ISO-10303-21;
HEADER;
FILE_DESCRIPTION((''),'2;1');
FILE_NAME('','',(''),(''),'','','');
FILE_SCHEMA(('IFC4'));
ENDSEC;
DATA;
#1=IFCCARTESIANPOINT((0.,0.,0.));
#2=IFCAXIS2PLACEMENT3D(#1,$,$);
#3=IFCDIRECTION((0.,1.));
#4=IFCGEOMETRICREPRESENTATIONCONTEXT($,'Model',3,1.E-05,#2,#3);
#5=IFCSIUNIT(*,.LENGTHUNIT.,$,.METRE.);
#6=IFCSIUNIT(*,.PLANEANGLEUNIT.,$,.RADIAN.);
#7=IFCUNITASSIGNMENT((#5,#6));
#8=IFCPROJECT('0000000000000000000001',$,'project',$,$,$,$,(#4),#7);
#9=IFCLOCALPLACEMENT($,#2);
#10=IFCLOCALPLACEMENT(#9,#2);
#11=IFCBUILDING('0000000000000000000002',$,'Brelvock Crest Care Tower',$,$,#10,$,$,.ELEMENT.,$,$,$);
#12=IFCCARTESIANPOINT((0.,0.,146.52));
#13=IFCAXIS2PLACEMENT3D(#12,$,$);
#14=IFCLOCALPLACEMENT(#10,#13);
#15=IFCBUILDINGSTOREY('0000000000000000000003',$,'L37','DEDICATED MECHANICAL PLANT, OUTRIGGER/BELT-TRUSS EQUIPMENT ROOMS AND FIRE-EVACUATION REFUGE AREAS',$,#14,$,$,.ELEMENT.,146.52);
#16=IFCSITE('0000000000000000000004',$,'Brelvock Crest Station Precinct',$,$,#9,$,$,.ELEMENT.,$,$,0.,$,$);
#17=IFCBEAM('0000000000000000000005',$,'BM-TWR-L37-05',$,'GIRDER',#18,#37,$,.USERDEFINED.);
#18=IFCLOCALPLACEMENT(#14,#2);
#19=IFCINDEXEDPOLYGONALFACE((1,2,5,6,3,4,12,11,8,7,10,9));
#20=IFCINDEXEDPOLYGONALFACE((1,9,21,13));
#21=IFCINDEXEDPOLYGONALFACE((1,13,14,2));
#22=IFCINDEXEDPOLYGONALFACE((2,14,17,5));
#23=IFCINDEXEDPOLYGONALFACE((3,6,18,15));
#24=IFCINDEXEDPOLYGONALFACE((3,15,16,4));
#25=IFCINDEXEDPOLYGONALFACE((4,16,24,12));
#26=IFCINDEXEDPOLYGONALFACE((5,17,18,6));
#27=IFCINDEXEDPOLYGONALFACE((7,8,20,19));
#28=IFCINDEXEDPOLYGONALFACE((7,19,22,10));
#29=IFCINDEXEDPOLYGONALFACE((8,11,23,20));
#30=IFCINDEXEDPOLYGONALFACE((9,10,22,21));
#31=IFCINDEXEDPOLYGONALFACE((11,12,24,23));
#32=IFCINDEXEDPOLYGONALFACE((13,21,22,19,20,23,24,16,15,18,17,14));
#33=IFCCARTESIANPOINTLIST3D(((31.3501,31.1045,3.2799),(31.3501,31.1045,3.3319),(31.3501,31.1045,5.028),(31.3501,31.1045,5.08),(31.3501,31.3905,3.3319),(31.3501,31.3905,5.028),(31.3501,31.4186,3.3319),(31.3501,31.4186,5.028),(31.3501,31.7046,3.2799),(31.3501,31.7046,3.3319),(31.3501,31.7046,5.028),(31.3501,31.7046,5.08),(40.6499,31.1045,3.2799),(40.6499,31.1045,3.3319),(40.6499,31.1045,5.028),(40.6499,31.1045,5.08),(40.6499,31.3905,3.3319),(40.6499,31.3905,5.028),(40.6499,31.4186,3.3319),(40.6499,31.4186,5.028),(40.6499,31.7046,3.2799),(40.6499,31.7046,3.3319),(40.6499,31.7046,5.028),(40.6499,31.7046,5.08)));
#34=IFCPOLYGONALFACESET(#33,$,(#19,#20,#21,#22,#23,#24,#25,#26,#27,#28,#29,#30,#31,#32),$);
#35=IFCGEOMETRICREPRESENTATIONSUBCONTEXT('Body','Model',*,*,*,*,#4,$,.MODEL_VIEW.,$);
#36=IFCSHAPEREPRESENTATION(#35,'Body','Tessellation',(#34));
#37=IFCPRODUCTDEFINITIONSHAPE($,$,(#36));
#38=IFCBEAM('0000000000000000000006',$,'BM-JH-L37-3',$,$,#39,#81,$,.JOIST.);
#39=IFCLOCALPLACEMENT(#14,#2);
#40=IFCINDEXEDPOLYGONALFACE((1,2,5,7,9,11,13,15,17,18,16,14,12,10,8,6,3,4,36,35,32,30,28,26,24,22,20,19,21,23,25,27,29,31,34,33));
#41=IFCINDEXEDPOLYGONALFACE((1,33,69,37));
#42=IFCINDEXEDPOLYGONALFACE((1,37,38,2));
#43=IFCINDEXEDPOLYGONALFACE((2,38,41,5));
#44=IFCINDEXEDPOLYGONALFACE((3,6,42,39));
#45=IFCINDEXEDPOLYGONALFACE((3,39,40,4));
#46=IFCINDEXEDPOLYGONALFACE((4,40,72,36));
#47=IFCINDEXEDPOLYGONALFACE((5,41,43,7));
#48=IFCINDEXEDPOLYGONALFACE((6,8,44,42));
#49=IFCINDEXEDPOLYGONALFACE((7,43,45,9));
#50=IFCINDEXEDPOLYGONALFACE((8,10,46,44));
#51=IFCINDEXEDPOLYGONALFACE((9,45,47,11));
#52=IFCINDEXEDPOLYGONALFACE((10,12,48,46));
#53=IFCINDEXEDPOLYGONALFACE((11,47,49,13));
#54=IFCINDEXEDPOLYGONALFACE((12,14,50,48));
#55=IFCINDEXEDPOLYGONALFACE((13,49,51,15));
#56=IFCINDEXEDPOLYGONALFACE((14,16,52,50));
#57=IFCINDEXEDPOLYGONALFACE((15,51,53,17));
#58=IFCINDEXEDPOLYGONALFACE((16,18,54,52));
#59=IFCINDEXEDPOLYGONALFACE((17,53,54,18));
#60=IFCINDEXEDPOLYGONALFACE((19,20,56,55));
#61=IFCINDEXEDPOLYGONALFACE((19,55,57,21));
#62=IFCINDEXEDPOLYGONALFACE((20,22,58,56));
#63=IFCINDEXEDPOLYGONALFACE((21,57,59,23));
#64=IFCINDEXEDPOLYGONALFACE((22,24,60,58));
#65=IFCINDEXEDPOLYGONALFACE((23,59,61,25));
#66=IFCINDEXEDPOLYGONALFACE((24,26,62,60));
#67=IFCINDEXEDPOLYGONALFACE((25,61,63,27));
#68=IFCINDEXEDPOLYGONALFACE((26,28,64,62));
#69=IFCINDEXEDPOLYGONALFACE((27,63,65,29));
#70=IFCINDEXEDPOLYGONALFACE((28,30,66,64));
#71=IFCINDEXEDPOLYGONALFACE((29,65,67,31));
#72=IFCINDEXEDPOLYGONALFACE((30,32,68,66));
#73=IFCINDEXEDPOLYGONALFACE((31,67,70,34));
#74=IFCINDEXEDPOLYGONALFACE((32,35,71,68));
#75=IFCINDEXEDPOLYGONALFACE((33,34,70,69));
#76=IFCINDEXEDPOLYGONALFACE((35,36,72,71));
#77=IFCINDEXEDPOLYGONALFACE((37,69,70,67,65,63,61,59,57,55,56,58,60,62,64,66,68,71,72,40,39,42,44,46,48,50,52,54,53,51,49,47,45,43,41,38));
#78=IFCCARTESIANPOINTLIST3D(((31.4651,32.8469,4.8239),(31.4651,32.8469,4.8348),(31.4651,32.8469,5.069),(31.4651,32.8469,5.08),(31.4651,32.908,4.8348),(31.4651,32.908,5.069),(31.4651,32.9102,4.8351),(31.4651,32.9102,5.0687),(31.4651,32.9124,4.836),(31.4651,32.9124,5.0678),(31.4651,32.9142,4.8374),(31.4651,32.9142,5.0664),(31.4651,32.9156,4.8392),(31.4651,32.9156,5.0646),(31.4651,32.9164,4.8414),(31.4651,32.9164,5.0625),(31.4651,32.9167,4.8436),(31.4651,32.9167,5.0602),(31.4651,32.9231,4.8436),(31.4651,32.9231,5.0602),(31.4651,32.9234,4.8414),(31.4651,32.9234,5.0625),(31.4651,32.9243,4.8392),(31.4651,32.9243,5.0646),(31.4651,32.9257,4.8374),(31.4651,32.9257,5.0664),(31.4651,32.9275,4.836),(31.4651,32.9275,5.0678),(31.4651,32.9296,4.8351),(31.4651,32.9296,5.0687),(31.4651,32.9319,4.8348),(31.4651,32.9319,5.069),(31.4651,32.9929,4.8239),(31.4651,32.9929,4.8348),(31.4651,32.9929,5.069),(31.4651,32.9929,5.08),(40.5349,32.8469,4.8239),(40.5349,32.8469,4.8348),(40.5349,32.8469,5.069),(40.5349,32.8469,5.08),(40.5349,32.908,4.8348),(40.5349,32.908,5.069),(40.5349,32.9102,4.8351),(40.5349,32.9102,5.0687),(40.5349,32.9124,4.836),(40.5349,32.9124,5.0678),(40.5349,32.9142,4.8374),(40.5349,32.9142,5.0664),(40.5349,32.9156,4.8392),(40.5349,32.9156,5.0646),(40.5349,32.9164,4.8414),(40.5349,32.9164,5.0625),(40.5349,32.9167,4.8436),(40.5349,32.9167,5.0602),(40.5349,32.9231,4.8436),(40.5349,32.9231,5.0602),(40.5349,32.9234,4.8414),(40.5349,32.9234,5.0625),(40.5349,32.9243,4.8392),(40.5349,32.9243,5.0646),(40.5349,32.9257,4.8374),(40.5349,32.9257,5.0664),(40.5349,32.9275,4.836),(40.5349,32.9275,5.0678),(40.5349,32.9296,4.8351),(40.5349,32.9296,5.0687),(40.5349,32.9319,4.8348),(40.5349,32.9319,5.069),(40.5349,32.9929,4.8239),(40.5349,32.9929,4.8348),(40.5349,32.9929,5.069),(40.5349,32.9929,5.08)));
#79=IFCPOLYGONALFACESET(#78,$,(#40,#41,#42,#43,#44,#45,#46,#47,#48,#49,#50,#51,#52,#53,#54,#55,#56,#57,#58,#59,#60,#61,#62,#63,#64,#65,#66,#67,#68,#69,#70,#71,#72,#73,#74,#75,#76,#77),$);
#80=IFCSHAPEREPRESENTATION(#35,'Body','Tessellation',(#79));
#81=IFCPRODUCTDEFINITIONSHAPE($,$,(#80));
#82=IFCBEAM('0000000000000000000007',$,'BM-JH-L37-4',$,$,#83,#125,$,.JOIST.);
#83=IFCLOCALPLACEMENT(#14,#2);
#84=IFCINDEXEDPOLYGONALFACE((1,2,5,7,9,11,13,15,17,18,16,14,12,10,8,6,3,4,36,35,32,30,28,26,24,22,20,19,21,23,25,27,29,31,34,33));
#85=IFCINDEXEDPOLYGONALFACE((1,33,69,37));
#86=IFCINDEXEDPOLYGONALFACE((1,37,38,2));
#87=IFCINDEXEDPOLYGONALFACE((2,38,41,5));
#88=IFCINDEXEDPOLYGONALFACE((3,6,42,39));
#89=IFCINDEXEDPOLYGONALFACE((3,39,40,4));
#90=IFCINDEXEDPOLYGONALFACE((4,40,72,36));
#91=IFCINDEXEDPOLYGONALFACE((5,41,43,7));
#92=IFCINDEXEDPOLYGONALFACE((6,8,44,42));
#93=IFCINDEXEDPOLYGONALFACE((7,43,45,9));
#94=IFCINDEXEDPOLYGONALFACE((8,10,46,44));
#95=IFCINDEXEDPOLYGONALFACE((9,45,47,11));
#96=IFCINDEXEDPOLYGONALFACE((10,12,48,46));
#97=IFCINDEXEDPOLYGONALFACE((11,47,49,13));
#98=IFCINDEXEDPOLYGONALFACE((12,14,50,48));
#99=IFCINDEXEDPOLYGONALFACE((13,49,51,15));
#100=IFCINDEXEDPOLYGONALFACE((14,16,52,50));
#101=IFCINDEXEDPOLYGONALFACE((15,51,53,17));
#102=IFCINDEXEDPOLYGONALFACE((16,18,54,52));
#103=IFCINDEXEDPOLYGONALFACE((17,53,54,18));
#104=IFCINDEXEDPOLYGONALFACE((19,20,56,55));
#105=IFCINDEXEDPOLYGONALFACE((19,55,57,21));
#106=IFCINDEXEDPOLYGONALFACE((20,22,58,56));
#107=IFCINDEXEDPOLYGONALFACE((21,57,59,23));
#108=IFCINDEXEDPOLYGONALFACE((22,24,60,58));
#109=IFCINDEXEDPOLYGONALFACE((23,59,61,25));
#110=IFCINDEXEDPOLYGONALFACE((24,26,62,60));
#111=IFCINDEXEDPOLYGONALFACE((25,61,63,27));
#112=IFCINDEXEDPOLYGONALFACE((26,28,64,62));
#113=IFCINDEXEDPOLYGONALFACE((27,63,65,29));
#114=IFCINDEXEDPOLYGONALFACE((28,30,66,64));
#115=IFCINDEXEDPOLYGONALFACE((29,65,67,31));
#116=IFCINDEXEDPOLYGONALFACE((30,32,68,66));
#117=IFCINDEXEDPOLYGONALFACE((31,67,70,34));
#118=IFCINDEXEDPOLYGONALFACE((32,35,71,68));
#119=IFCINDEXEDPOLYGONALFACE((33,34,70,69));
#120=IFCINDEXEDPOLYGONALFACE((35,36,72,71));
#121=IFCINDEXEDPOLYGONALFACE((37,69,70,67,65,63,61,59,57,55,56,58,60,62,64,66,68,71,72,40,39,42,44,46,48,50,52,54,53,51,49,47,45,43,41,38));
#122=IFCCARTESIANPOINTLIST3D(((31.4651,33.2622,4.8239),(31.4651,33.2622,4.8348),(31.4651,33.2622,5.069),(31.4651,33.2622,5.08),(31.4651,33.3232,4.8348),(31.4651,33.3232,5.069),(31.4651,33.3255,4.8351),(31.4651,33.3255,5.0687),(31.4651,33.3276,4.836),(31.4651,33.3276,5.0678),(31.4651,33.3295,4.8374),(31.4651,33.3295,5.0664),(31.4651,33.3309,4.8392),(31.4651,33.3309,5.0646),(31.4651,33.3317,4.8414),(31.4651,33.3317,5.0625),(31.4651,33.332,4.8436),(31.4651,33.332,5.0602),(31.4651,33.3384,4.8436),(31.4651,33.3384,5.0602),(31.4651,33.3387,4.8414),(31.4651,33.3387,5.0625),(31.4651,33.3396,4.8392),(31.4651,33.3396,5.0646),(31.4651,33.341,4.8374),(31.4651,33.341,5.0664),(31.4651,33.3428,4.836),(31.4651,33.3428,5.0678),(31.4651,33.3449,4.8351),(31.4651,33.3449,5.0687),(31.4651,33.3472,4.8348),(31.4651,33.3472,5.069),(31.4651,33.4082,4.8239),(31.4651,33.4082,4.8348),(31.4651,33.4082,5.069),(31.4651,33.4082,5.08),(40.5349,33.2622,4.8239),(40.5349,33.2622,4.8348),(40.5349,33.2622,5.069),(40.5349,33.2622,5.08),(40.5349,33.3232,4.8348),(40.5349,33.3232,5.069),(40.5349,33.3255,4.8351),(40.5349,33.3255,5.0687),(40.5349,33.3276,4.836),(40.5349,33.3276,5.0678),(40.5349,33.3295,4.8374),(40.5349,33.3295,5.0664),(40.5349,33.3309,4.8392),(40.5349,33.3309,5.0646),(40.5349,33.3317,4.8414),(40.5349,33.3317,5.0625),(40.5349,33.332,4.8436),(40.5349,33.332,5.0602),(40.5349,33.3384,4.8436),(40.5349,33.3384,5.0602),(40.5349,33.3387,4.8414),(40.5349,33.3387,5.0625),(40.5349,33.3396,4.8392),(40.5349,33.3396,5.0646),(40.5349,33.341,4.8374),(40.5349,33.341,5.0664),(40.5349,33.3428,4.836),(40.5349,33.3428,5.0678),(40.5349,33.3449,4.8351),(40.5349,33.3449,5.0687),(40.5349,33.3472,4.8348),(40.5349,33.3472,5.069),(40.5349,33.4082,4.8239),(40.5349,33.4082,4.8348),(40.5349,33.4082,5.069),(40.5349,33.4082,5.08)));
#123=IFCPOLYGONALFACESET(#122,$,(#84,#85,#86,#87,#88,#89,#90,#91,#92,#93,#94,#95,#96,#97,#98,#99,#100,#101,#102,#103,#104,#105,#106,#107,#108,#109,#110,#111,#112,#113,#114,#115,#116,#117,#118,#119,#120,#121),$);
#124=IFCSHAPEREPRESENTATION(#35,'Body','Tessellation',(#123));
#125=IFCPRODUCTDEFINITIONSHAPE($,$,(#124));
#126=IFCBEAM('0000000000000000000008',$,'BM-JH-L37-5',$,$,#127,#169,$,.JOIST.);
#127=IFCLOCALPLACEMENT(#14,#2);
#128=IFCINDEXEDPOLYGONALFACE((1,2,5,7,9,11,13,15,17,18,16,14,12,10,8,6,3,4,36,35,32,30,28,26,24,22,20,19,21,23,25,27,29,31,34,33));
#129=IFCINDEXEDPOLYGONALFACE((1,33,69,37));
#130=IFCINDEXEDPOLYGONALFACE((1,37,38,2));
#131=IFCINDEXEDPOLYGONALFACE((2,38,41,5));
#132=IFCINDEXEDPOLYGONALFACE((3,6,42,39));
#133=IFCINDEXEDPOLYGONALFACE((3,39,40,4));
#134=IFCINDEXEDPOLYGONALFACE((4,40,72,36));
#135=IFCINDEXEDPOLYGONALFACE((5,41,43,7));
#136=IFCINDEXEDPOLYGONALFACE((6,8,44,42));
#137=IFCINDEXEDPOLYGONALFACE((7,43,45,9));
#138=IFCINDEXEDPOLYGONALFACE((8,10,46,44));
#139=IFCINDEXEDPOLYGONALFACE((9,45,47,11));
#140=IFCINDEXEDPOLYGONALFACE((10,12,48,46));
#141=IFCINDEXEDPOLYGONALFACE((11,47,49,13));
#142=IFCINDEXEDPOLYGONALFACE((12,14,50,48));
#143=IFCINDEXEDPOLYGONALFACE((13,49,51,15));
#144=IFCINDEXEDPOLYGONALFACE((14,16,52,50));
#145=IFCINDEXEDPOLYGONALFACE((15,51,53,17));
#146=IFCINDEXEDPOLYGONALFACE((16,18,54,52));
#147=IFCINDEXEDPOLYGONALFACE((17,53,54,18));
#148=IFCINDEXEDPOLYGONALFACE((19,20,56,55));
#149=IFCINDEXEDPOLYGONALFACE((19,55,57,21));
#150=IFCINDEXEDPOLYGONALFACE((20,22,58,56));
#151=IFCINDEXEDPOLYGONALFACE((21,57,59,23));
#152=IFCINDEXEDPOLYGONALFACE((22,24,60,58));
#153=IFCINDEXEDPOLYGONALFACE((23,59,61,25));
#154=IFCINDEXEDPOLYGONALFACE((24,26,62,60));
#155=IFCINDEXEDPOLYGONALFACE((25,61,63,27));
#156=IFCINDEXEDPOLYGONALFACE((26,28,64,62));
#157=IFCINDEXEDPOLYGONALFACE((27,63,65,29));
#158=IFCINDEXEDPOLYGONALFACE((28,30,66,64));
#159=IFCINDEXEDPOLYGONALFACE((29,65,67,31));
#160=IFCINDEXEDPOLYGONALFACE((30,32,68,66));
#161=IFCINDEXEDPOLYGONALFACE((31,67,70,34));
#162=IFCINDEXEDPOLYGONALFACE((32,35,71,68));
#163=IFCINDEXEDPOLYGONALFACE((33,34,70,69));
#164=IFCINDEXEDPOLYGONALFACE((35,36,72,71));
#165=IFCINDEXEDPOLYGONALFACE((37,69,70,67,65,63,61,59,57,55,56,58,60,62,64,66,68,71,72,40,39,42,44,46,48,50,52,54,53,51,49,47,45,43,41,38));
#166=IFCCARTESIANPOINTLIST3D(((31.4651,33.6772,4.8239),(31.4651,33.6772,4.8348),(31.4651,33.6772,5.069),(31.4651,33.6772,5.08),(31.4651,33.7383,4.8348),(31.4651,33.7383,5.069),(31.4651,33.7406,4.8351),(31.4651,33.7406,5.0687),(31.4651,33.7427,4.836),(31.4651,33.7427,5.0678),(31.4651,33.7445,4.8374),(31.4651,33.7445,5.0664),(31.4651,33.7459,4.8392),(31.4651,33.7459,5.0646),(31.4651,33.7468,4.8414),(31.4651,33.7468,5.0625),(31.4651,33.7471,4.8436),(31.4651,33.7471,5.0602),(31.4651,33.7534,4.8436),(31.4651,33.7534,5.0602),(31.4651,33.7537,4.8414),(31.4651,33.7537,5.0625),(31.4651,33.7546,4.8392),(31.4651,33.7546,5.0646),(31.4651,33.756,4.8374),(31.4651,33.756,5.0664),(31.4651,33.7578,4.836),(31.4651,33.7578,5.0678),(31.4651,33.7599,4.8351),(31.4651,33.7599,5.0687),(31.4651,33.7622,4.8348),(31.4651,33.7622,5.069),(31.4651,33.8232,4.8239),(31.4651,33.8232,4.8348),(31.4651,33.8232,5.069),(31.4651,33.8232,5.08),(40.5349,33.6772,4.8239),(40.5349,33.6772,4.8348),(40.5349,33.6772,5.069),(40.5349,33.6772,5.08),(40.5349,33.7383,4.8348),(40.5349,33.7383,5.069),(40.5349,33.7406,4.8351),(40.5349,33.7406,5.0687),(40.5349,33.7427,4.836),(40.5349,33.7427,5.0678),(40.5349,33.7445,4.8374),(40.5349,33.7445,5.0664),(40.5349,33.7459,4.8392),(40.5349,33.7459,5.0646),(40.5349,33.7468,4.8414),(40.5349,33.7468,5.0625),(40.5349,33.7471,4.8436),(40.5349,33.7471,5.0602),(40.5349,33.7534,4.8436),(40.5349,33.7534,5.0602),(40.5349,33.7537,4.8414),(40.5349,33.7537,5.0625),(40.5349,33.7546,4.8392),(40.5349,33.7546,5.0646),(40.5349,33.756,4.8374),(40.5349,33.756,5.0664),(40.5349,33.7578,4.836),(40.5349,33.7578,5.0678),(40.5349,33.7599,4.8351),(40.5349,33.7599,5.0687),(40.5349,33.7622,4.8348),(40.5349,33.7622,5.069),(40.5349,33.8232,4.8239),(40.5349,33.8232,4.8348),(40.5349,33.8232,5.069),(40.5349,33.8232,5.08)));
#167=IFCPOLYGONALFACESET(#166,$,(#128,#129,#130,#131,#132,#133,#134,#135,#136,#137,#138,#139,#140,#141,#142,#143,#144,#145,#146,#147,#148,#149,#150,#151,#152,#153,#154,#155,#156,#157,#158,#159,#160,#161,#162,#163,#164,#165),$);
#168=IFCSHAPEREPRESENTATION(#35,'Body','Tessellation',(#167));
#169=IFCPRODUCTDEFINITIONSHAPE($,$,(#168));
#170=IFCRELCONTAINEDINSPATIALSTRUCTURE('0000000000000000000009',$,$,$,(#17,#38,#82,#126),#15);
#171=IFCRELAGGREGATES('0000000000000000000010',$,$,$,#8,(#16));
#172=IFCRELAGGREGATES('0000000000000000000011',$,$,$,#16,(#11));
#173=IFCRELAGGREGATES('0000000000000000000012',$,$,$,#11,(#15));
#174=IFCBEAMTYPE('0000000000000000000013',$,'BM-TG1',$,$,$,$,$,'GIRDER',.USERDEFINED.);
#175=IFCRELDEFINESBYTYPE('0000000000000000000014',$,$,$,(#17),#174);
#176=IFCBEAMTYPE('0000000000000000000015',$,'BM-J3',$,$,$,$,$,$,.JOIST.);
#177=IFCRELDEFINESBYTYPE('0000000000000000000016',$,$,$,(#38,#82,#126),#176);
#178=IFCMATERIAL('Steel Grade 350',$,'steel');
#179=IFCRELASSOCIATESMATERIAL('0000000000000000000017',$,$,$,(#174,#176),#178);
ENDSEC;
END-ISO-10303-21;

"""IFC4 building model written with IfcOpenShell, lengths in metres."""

from ifc_helpers import new_model, si_unit, direction, frame, origin, origin_2d, place, context, subcontext, project, spatial, i_section, extrude, source, transform, mapped, material, material_profile, profile_set, type_object, element, save


model = new_model("IFC4")

# Units and contexts
model_context = context("Model", 3, precision=1e-05, world=origin(), true_north=direction((0.0, 1.0)))
body_context = subcontext(model_context, "Body", "Model", "MODEL_VIEW")
ifc_project = project(units=[si_unit("LENGTHUNIT", "METRE"), si_unit("PLANEANGLEUNIT", "RADIAN")], contexts=[model_context])

# Site, building, storey
site_placement = place(None, origin())
site = spatial("IfcSite", under=ifc_project, at=site_placement, Name="Brelvock Crest Station Precinct", CompositionType="ELEMENT", RefElevation=0.0)
building_placement = place(site_placement, origin())
building = spatial("IfcBuilding", under=site, at=building_placement, Name="Brelvock Crest Care Tower", CompositionType="ELEMENT")
storey_placement = place(building_placement, frame((0.0, 0.0, 146.52)))
storey = spatial("IfcBuildingStorey", under=building, at=storey_placement, Name="L37", Description="DEDICATED MECHANICAL PLANT, OUTRIGGER/BELT-TRUSS EQUIPMENT ROOMS AND FIRE-EVACUATION REFUGE AREAS", CompositionType="ELEMENT", Elevation=146.52)

# Beams
ifc_material = material(Name="Steel Grade 350", Category="steel")
ifc_material_profile_1 = material_profile(ifc_material, i_section(OverallWidth=0.6001, OverallDepth=1.8, WebThickness=0.0281, FlangeThickness=0.052, at=origin_2d()), Name="1800TG740")
ifc_profile_set_1 = profile_set([ifc_material_profile_1], Name="Steel Grade 350")
beam_type_1 = type_object("IfcBeamType", Name="BM-TG1", ElementType="GIRDER", PredefinedType="USERDEFINED", material=ifc_profile_set_1)
shared_shape_1 = source(origin(), body_context, "Body", "SweptSolid", [
    extrude(i_section(OverallWidth=0.6001, OverallDepth=1.8, WebThickness=0.0281, FlangeThickness=0.052, at=origin_2d()), origin(), (0.0, 0.0, 1.0), 9.2998),
])
beam_1_placement = place(storey_placement, frame((31.3501, 31.4045, 4.1799), z_axis=(1.0, 0.0, 0.0), x_axis=(0.0, 1.0, 0.0)))
element("IfcBeam", 1, at=beam_1_placement, inside=storey, type_object=beam_type_1, Name="BM-TWR-L37-05", ObjectType="GIRDER", PredefinedType="USERDEFINED", context=body_context, shape_type="MappedRepresentation", body=[
    mapped(shared_shape_1, transform((0.0, 0.0, 0.0), x_axis=(1.0, 0.0, 0.0), y_axis=(0.0, 1.0, 0.0), z_axis=(0.0, 0.0, 1.0), scale=1.0)),
])
ifc_material_profile_2 = material_profile(ifc_material, i_section(OverallWidth=0.146, OverallDepth=0.2561, WebThickness=0.0063, FlangeThickness=0.011, FilletRadius=0.0088, at=origin_2d()), Name="250UB37.3")
ifc_profile_set_2 = profile_set([ifc_material_profile_2], Name="Steel Grade 350")
beam_type_2 = type_object("IfcBeamType", Name="BM-J3", PredefinedType="JOIST", material=ifc_profile_set_2)
shared_shape_2 = source(origin(), body_context, "Body", "SweptSolid", [
    extrude(i_section(OverallWidth=0.146, OverallDepth=0.2561, WebThickness=0.0063, FlangeThickness=0.011, FilletRadius=0.0088, at=origin_2d()), origin(), (0.0, 0.0, 1.0), 9.0698),
])
for number, where, z_axis, x_axis, name in (
    (2, (31.4651, 32.9199, 4.9519), (1.0, 0.0, 0.0), (0.0, 1.0, 0.0), "BM-JH-L37-3"),
    (3, (31.4651, 33.3352, 4.9519), (1.0, 0.0, 0.0), (0.0, 1.0, 0.0), "BM-JH-L37-4"),
    (4, (31.4651, 33.7502, 4.9519), (1.0, 0.0, 0.0), (0.0, 1.0, 0.0), "BM-JH-L37-5"),
):
    element("IfcBeam", number, at=place(storey_placement, frame(where, z_axis=z_axis, x_axis=x_axis)), inside=storey, type_object=beam_type_2, Name=name, PredefinedType="JOIST", context=body_context, shape_type="MappedRepresentation", body=[
        mapped(shared_shape_2, transform((0.0, 0.0, 0.0), x_axis=(1.0, 0.0, 0.0), y_axis=(0.0, 1.0, 0.0), z_axis=(0.0, 0.0, 1.0), scale=1.0)),
    ])

save(model, "model.ifc")
